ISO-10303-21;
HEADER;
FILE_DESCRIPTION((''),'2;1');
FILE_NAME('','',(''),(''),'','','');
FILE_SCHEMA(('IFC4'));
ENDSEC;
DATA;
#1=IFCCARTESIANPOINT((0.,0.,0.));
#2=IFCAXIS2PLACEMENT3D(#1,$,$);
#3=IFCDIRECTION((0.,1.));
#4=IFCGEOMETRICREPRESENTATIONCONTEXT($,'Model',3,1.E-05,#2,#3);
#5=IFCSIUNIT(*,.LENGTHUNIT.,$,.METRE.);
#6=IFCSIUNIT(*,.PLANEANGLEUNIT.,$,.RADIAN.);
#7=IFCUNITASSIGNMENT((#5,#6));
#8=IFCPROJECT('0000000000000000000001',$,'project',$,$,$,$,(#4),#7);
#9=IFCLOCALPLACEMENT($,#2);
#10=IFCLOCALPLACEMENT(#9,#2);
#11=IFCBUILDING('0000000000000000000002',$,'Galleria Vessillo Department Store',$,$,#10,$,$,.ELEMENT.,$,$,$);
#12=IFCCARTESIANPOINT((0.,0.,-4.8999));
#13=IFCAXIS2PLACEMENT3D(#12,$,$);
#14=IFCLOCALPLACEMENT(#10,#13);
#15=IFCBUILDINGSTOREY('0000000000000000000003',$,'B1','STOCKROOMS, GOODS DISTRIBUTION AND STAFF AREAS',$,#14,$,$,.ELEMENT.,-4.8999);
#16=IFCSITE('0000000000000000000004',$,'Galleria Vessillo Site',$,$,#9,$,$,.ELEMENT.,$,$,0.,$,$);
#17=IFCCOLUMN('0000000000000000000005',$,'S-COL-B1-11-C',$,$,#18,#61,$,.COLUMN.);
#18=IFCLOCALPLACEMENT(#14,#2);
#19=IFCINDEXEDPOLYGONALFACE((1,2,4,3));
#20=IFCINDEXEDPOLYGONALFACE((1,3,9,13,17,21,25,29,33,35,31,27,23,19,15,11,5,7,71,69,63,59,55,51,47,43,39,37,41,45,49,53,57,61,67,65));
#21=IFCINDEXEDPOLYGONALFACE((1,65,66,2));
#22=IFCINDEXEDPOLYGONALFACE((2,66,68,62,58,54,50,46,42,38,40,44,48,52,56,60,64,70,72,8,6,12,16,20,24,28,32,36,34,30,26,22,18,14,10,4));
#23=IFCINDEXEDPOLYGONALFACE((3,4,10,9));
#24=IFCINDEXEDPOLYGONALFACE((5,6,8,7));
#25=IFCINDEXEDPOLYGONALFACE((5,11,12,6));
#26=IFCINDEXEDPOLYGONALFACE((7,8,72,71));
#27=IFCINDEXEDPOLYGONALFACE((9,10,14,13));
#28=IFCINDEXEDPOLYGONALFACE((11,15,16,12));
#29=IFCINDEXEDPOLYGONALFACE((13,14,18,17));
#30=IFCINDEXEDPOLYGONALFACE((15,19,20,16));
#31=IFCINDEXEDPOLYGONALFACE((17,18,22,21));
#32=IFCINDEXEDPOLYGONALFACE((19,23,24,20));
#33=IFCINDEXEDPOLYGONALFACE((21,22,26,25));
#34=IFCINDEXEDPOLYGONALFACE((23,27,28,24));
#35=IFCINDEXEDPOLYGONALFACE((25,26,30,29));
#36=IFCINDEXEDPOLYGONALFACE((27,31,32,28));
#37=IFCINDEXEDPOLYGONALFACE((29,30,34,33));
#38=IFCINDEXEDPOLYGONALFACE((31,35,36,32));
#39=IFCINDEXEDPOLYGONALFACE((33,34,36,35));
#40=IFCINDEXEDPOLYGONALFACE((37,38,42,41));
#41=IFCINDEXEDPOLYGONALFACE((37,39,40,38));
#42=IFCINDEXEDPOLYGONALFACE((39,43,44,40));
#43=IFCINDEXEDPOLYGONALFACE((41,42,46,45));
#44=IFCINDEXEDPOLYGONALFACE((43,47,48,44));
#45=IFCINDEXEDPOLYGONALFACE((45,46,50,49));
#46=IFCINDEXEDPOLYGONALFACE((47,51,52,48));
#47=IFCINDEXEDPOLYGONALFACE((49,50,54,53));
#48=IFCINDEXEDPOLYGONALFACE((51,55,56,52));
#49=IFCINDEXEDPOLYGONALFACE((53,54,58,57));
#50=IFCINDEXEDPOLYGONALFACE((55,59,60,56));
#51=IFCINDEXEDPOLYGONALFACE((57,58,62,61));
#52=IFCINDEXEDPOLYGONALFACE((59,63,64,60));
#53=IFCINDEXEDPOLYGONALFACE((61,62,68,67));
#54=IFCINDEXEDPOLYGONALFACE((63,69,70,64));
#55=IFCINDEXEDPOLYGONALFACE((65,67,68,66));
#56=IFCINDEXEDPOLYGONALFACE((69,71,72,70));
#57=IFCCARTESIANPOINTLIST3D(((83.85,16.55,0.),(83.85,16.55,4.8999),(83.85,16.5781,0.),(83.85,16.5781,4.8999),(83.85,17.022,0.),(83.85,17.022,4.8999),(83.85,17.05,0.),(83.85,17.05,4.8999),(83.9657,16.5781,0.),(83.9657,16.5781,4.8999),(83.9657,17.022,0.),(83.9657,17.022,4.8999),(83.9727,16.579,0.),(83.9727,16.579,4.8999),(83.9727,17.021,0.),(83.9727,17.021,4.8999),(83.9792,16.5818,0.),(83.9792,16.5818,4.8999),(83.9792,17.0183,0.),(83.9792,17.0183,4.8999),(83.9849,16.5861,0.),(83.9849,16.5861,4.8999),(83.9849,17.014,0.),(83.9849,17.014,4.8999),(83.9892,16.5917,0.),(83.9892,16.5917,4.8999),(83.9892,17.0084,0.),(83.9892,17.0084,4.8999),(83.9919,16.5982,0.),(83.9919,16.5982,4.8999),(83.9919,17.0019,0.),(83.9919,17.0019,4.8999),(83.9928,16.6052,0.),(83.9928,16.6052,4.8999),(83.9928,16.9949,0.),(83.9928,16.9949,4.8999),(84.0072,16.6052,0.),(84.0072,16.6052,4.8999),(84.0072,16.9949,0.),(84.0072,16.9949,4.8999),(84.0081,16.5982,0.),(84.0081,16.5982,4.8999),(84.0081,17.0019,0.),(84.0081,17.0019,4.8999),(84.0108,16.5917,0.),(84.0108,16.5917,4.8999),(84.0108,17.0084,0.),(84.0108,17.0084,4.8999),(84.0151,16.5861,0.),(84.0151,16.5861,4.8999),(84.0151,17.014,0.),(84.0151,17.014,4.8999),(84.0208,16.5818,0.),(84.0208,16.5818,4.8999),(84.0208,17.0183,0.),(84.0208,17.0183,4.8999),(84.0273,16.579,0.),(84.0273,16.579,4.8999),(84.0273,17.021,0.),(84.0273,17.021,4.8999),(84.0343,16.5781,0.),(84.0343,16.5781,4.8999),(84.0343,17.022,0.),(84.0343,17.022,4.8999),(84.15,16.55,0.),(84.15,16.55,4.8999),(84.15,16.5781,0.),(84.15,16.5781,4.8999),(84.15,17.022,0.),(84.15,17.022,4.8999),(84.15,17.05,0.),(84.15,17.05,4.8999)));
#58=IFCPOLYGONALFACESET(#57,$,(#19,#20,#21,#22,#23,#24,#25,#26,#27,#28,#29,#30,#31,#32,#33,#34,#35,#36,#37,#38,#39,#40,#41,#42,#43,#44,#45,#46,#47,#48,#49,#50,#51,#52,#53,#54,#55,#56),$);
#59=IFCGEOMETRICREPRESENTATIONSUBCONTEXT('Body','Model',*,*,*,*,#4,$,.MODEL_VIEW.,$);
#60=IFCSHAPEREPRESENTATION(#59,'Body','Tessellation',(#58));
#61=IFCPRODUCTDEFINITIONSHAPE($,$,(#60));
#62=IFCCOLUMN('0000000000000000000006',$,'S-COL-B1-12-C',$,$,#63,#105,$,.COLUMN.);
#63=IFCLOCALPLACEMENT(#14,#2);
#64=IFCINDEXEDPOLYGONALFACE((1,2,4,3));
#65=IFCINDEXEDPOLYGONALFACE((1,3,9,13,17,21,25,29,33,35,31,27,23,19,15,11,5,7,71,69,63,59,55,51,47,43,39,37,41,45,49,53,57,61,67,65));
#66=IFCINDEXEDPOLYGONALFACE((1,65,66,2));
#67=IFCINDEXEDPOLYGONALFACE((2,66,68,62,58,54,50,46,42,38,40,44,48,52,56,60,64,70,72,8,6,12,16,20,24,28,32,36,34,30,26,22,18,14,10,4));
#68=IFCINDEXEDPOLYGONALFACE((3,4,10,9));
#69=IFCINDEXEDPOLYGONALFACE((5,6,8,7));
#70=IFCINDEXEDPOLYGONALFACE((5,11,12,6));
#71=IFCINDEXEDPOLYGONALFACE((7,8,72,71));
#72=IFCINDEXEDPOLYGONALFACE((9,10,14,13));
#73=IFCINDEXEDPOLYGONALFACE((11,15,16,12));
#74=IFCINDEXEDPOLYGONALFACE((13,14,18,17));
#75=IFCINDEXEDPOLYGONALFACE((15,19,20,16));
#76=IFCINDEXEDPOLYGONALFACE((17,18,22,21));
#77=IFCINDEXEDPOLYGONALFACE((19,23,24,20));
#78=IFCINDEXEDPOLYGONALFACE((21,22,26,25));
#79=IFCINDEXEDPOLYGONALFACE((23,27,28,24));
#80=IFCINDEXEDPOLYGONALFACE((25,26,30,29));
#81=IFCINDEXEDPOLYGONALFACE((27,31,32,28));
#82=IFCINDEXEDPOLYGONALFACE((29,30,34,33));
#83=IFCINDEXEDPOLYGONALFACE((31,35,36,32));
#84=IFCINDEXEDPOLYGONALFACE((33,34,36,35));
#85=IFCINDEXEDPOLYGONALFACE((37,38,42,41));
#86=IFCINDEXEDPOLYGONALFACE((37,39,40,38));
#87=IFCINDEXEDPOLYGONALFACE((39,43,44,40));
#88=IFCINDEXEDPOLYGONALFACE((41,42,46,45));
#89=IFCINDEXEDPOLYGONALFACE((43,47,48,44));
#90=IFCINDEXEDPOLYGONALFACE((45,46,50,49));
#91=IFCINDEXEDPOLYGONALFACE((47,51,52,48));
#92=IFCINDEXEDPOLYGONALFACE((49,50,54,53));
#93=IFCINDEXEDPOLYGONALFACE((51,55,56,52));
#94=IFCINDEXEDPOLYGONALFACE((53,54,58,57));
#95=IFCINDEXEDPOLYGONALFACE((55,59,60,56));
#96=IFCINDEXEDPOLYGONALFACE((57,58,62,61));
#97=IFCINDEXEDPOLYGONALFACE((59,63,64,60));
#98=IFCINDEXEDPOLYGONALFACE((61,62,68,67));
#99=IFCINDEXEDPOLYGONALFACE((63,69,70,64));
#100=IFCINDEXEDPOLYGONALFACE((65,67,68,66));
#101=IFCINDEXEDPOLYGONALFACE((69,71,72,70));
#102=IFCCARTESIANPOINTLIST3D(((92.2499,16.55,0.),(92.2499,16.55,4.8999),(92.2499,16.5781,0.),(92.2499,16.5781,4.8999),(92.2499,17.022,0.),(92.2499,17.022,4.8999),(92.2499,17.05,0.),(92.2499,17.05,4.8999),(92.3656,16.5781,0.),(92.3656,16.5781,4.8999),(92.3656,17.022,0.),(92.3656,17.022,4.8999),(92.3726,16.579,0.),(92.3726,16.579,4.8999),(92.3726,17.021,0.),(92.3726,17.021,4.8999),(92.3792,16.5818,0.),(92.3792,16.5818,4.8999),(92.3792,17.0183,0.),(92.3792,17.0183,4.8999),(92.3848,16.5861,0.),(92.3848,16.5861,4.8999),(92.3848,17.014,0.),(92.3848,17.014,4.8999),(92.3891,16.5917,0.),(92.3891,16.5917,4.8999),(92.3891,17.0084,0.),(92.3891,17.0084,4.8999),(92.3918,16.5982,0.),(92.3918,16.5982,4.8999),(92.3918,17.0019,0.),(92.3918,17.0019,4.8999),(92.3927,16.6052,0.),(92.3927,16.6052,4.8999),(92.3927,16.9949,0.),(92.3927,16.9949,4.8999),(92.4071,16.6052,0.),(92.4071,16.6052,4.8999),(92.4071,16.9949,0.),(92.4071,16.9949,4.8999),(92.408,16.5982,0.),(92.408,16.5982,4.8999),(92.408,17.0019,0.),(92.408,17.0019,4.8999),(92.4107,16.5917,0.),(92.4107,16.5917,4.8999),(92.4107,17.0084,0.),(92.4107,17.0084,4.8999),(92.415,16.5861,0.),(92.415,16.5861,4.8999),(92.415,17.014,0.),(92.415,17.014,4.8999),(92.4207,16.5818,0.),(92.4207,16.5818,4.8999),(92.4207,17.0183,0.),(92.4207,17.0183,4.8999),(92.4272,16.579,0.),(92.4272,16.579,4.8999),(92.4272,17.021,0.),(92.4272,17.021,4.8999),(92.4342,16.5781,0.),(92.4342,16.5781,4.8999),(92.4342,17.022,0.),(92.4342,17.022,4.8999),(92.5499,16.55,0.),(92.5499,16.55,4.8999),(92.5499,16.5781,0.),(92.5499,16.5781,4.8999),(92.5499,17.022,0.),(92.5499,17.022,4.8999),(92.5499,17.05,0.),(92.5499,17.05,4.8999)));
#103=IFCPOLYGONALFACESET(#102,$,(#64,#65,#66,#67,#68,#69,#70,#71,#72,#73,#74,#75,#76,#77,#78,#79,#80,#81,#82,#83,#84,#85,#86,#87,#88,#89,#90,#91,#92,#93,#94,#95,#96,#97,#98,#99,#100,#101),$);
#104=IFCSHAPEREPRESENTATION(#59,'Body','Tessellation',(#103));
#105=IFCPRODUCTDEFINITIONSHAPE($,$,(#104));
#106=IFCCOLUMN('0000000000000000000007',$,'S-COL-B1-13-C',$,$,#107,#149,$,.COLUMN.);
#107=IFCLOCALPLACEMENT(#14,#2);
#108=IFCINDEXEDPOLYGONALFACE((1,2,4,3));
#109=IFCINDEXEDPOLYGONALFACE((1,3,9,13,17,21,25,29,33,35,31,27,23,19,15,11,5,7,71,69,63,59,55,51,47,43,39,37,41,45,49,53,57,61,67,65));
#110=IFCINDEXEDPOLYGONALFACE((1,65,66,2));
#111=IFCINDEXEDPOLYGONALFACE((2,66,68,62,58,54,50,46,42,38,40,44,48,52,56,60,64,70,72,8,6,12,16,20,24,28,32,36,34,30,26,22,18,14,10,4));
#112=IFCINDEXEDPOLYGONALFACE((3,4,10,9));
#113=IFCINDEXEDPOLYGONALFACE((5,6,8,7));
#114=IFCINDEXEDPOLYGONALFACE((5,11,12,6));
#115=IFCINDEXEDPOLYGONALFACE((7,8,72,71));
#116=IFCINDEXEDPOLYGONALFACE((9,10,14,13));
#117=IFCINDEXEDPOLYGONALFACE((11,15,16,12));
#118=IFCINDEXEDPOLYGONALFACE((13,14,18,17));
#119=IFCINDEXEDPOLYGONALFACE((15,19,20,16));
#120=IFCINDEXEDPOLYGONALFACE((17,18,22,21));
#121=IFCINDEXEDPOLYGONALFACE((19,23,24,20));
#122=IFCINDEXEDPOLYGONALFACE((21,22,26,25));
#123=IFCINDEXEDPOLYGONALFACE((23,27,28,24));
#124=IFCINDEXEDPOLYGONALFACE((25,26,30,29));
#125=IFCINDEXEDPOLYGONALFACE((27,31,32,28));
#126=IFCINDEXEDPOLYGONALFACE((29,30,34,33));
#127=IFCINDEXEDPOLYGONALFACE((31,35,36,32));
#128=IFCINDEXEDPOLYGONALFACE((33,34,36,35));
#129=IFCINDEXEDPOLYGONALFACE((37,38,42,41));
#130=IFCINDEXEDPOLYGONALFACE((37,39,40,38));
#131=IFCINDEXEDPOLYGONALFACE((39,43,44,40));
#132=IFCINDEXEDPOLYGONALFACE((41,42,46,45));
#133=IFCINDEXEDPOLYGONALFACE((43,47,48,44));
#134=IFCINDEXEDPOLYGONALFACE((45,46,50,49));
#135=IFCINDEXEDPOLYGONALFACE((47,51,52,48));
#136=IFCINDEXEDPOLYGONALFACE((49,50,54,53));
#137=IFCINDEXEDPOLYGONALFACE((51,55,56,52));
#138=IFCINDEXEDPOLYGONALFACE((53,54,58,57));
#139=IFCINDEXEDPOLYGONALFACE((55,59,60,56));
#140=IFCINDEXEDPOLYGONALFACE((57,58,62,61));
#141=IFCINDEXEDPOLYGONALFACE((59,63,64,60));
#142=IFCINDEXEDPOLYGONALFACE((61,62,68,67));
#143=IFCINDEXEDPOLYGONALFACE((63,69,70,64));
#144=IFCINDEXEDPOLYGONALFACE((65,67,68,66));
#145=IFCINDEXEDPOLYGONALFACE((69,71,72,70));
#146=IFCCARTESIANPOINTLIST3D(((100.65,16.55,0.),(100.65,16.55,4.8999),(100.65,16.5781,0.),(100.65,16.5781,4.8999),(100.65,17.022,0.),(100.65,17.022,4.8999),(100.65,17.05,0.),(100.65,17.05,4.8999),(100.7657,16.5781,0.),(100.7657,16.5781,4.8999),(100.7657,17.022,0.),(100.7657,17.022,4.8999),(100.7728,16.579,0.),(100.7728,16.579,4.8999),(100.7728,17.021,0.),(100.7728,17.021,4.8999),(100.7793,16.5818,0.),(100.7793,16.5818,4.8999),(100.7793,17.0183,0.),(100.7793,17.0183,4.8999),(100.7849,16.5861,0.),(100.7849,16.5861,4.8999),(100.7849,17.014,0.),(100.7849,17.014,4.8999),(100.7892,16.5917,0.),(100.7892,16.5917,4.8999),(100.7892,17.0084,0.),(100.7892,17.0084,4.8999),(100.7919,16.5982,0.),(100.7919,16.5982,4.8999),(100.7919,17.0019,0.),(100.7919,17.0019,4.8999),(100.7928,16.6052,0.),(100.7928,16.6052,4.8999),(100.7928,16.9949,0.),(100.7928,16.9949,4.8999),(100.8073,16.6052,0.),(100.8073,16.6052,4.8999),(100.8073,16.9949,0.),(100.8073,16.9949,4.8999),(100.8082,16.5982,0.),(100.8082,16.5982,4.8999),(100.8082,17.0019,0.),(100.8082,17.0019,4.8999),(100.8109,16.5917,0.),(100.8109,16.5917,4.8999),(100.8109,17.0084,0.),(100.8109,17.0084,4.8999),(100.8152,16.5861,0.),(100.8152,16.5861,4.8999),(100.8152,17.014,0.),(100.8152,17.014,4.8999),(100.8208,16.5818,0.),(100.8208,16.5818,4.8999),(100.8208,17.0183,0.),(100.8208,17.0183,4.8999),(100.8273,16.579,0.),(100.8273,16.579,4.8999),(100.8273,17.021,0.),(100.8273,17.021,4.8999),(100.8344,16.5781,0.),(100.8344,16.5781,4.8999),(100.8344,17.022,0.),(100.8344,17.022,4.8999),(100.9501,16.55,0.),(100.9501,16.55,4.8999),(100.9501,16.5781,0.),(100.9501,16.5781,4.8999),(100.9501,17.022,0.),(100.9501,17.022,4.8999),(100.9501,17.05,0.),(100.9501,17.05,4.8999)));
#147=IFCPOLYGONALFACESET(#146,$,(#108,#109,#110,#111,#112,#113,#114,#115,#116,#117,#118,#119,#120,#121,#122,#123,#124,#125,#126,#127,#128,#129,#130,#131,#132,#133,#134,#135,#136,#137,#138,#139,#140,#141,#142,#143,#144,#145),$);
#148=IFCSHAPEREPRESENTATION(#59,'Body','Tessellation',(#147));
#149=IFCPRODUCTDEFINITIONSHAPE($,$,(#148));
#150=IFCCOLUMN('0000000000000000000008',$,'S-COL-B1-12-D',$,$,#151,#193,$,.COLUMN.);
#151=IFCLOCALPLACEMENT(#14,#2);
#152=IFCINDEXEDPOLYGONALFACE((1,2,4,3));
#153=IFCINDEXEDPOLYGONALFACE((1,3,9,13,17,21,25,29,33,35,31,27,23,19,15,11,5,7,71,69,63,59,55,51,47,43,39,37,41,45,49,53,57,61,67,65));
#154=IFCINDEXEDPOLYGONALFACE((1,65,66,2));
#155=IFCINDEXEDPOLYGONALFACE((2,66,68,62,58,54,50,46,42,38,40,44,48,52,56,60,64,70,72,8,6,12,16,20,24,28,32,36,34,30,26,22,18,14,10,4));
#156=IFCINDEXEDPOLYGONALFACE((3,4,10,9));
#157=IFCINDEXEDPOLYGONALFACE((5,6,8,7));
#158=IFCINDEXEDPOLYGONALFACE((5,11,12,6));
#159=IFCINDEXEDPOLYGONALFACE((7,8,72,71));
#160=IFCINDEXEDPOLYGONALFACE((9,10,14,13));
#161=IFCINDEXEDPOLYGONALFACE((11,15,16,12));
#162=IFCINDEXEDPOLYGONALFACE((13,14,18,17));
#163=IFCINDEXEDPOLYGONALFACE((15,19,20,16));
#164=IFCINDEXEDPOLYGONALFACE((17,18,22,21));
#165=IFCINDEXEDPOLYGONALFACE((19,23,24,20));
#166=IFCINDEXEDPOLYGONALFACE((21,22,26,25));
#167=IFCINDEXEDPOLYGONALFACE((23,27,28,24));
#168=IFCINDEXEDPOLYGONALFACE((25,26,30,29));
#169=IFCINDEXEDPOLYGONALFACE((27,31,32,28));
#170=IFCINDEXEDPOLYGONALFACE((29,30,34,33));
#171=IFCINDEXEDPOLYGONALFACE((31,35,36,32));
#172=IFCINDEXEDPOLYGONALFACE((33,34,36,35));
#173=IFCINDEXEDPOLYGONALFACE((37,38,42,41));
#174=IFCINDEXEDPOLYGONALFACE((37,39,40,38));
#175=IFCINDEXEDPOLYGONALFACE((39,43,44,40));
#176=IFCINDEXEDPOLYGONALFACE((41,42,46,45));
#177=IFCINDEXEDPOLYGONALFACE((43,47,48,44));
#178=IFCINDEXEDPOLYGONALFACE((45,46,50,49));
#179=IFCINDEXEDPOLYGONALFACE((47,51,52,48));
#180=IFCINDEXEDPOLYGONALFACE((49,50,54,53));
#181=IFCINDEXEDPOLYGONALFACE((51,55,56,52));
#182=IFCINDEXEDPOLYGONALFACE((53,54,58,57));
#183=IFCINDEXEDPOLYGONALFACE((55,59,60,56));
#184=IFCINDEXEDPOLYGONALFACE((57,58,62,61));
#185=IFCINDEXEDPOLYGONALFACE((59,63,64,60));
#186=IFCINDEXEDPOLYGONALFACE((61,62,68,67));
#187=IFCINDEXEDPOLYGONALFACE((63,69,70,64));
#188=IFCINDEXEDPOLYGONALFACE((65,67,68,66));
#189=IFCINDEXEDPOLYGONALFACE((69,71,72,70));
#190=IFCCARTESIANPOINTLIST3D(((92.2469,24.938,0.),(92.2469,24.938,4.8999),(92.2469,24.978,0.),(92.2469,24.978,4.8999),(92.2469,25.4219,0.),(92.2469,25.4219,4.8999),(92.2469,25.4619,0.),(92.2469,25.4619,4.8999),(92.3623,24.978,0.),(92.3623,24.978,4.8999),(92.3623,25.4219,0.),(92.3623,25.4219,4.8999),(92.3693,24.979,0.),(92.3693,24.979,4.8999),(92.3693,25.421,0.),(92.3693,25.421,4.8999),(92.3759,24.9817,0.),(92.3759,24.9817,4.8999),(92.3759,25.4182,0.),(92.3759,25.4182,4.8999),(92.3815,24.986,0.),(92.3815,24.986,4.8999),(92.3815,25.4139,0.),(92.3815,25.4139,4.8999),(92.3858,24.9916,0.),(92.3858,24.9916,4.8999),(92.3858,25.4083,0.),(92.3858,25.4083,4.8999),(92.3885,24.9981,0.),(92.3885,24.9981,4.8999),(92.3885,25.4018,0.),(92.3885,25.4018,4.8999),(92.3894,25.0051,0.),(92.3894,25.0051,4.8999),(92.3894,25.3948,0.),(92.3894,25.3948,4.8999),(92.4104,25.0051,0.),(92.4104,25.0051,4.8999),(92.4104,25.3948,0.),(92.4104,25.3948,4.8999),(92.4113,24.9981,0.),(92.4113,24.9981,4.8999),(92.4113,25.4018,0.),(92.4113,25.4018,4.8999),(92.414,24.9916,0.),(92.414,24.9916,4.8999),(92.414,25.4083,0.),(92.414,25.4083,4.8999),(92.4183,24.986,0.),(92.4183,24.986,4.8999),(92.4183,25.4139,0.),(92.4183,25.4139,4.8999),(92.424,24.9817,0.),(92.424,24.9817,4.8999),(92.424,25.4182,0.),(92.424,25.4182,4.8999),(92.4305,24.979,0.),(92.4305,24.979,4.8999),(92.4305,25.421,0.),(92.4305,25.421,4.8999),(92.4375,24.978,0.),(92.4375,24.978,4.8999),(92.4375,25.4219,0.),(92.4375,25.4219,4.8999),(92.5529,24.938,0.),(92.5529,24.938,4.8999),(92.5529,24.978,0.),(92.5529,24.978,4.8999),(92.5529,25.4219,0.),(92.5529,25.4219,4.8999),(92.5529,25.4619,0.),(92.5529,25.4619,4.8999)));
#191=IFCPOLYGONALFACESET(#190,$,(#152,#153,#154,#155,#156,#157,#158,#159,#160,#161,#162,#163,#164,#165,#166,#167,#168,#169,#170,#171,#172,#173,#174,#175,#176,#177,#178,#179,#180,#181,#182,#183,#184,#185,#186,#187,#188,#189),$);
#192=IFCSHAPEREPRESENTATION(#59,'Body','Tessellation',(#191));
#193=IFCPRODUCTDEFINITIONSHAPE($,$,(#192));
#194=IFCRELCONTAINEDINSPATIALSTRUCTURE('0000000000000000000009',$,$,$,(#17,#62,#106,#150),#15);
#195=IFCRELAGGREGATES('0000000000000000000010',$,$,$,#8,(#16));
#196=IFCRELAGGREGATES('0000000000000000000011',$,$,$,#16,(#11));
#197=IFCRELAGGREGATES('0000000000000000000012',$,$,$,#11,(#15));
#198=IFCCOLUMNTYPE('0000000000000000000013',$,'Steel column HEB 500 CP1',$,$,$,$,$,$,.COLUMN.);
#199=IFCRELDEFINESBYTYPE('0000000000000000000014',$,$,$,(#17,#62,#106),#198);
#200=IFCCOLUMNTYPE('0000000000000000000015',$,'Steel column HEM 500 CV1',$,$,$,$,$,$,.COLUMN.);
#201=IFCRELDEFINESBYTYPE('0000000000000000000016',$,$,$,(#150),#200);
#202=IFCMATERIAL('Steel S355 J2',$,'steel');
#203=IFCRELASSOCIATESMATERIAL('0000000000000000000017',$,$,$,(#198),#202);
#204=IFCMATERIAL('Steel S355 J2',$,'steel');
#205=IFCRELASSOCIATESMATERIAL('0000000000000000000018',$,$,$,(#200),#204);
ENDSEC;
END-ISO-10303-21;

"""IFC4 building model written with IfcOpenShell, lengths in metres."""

from ifc_helpers import new_model, si_unit, direction, frame, origin, origin_2d, place, context, subcontext, project, spatial, i_section, extrude, material, material_profile, profile_set, type_object, element, save


model = new_model("IFC4")

# Units and contexts
model_context = context("Model", 3, precision=1e-05, world=origin(), true_north=direction((0.0, 1.0)))
body_context = subcontext(model_context, "Body", "Model", "MODEL_VIEW")
ifc_project = project(units=[si_unit("LENGTHUNIT", "METRE"), si_unit("PLANEANGLEUNIT", "RADIAN")], contexts=[model_context])

# Site, building, storey
site_placement = place(None, origin())
site = spatial("IfcSite", under=ifc_project, at=site_placement, Name="Galleria Vessillo Site", CompositionType="ELEMENT", RefElevation=0.0)
building_placement = place(site_placement, origin())
building = spatial("IfcBuilding", under=site, at=building_placement, Name="Galleria Vessillo Department Store", CompositionType="ELEMENT")
storey_placement = place(building_placement, frame((0.0, 0.0, -4.8999)))
storey = spatial("IfcBuildingStorey", under=building, at=storey_placement, Name="B1", Description="STOCKROOMS, GOODS DISTRIBUTION AND STAFF AREAS", CompositionType="ELEMENT", Elevation=-4.8999)

# Columns
ifc_material_1 = material(Name="Steel S355 J2", Category="steel")
ifc_material_profile_1 = material_profile(ifc_material_1, i_section(OverallWidth=0.3, OverallDepth=0.5, WebThickness=0.0144, FlangeThickness=0.0281, FilletRadius=0.0271, at=origin_2d()), Name="HEB 500")
ifc_profile_set_1 = profile_set([ifc_material_profile_1], Name="Steel S355 J2")
column_type_1 = type_object("IfcColumnType", Name="Steel column HEB 500 CP1", PredefinedType="COLUMN", material=ifc_profile_set_1)
for number, where, z_axis, x_axis, name in (
    (1, (84.0, 16.8, 0.0), (0.0, 0.0, 1.0), (1.0, 0.0, 0.0), "S-COL-B1-11-C"),
    (2, (92.3999, 16.8, 0.0), (0.0, 0.0, 1.0), (1.0, 0.0, 0.0), "S-COL-B1-12-C"),
    (3, (100.8, 16.8, 0.0), (0.0, 0.0, 1.0), (1.0, 0.0, 0.0), "S-COL-B1-13-C"),
):
    element("IfcColumn", number, at=place(storey_placement, frame(where, z_axis=z_axis, x_axis=x_axis)), inside=storey, type_object=column_type_1, Name=name, PredefinedType="COLUMN", context=body_context, shape_type="SweptSolid", body=[
        extrude(i_section(OverallWidth=0.3, OverallDepth=0.5, WebThickness=0.0144, FlangeThickness=0.0281, FilletRadius=0.0271, at=origin_2d()), origin(), (0.0, 0.0, 1.0), 4.8999),
    ])
ifc_material_2 = material(Name="Steel S355 J2", Category="steel")
ifc_material_profile_2 = material_profile(ifc_material_2, i_section(OverallWidth=0.3059, OverallDepth=0.5239, WebThickness=0.021, FlangeThickness=0.04, FilletRadius=0.0271, at=origin_2d()), Name="HEM 500")
ifc_profile_set_2 = profile_set([ifc_material_profile_2], Name="Steel S355 J2")
column_type_2 = type_object("IfcColumnType", Name="Steel column HEM 500 CV1", PredefinedType="COLUMN", material=ifc_profile_set_2)
column_1_placement = place(storey_placement, frame((92.3999, 25.2, 0.0), z_axis=(0.0, 0.0, 1.0), x_axis=(1.0, 0.0, 0.0)))
element("IfcColumn", 4, at=column_1_placement, inside=storey, type_object=column_type_2, Name="S-COL-B1-12-D", PredefinedType="COLUMN", context=body_context, shape_type="SweptSolid", body=[
    extrude(i_section(OverallWidth=0.3059, OverallDepth=0.5239, WebThickness=0.021, FlangeThickness=0.04, FilletRadius=0.0271, at=origin_2d()), origin(), (0.0, 0.0, 1.0), 4.8999),
])

save(model, "model.ifc")
